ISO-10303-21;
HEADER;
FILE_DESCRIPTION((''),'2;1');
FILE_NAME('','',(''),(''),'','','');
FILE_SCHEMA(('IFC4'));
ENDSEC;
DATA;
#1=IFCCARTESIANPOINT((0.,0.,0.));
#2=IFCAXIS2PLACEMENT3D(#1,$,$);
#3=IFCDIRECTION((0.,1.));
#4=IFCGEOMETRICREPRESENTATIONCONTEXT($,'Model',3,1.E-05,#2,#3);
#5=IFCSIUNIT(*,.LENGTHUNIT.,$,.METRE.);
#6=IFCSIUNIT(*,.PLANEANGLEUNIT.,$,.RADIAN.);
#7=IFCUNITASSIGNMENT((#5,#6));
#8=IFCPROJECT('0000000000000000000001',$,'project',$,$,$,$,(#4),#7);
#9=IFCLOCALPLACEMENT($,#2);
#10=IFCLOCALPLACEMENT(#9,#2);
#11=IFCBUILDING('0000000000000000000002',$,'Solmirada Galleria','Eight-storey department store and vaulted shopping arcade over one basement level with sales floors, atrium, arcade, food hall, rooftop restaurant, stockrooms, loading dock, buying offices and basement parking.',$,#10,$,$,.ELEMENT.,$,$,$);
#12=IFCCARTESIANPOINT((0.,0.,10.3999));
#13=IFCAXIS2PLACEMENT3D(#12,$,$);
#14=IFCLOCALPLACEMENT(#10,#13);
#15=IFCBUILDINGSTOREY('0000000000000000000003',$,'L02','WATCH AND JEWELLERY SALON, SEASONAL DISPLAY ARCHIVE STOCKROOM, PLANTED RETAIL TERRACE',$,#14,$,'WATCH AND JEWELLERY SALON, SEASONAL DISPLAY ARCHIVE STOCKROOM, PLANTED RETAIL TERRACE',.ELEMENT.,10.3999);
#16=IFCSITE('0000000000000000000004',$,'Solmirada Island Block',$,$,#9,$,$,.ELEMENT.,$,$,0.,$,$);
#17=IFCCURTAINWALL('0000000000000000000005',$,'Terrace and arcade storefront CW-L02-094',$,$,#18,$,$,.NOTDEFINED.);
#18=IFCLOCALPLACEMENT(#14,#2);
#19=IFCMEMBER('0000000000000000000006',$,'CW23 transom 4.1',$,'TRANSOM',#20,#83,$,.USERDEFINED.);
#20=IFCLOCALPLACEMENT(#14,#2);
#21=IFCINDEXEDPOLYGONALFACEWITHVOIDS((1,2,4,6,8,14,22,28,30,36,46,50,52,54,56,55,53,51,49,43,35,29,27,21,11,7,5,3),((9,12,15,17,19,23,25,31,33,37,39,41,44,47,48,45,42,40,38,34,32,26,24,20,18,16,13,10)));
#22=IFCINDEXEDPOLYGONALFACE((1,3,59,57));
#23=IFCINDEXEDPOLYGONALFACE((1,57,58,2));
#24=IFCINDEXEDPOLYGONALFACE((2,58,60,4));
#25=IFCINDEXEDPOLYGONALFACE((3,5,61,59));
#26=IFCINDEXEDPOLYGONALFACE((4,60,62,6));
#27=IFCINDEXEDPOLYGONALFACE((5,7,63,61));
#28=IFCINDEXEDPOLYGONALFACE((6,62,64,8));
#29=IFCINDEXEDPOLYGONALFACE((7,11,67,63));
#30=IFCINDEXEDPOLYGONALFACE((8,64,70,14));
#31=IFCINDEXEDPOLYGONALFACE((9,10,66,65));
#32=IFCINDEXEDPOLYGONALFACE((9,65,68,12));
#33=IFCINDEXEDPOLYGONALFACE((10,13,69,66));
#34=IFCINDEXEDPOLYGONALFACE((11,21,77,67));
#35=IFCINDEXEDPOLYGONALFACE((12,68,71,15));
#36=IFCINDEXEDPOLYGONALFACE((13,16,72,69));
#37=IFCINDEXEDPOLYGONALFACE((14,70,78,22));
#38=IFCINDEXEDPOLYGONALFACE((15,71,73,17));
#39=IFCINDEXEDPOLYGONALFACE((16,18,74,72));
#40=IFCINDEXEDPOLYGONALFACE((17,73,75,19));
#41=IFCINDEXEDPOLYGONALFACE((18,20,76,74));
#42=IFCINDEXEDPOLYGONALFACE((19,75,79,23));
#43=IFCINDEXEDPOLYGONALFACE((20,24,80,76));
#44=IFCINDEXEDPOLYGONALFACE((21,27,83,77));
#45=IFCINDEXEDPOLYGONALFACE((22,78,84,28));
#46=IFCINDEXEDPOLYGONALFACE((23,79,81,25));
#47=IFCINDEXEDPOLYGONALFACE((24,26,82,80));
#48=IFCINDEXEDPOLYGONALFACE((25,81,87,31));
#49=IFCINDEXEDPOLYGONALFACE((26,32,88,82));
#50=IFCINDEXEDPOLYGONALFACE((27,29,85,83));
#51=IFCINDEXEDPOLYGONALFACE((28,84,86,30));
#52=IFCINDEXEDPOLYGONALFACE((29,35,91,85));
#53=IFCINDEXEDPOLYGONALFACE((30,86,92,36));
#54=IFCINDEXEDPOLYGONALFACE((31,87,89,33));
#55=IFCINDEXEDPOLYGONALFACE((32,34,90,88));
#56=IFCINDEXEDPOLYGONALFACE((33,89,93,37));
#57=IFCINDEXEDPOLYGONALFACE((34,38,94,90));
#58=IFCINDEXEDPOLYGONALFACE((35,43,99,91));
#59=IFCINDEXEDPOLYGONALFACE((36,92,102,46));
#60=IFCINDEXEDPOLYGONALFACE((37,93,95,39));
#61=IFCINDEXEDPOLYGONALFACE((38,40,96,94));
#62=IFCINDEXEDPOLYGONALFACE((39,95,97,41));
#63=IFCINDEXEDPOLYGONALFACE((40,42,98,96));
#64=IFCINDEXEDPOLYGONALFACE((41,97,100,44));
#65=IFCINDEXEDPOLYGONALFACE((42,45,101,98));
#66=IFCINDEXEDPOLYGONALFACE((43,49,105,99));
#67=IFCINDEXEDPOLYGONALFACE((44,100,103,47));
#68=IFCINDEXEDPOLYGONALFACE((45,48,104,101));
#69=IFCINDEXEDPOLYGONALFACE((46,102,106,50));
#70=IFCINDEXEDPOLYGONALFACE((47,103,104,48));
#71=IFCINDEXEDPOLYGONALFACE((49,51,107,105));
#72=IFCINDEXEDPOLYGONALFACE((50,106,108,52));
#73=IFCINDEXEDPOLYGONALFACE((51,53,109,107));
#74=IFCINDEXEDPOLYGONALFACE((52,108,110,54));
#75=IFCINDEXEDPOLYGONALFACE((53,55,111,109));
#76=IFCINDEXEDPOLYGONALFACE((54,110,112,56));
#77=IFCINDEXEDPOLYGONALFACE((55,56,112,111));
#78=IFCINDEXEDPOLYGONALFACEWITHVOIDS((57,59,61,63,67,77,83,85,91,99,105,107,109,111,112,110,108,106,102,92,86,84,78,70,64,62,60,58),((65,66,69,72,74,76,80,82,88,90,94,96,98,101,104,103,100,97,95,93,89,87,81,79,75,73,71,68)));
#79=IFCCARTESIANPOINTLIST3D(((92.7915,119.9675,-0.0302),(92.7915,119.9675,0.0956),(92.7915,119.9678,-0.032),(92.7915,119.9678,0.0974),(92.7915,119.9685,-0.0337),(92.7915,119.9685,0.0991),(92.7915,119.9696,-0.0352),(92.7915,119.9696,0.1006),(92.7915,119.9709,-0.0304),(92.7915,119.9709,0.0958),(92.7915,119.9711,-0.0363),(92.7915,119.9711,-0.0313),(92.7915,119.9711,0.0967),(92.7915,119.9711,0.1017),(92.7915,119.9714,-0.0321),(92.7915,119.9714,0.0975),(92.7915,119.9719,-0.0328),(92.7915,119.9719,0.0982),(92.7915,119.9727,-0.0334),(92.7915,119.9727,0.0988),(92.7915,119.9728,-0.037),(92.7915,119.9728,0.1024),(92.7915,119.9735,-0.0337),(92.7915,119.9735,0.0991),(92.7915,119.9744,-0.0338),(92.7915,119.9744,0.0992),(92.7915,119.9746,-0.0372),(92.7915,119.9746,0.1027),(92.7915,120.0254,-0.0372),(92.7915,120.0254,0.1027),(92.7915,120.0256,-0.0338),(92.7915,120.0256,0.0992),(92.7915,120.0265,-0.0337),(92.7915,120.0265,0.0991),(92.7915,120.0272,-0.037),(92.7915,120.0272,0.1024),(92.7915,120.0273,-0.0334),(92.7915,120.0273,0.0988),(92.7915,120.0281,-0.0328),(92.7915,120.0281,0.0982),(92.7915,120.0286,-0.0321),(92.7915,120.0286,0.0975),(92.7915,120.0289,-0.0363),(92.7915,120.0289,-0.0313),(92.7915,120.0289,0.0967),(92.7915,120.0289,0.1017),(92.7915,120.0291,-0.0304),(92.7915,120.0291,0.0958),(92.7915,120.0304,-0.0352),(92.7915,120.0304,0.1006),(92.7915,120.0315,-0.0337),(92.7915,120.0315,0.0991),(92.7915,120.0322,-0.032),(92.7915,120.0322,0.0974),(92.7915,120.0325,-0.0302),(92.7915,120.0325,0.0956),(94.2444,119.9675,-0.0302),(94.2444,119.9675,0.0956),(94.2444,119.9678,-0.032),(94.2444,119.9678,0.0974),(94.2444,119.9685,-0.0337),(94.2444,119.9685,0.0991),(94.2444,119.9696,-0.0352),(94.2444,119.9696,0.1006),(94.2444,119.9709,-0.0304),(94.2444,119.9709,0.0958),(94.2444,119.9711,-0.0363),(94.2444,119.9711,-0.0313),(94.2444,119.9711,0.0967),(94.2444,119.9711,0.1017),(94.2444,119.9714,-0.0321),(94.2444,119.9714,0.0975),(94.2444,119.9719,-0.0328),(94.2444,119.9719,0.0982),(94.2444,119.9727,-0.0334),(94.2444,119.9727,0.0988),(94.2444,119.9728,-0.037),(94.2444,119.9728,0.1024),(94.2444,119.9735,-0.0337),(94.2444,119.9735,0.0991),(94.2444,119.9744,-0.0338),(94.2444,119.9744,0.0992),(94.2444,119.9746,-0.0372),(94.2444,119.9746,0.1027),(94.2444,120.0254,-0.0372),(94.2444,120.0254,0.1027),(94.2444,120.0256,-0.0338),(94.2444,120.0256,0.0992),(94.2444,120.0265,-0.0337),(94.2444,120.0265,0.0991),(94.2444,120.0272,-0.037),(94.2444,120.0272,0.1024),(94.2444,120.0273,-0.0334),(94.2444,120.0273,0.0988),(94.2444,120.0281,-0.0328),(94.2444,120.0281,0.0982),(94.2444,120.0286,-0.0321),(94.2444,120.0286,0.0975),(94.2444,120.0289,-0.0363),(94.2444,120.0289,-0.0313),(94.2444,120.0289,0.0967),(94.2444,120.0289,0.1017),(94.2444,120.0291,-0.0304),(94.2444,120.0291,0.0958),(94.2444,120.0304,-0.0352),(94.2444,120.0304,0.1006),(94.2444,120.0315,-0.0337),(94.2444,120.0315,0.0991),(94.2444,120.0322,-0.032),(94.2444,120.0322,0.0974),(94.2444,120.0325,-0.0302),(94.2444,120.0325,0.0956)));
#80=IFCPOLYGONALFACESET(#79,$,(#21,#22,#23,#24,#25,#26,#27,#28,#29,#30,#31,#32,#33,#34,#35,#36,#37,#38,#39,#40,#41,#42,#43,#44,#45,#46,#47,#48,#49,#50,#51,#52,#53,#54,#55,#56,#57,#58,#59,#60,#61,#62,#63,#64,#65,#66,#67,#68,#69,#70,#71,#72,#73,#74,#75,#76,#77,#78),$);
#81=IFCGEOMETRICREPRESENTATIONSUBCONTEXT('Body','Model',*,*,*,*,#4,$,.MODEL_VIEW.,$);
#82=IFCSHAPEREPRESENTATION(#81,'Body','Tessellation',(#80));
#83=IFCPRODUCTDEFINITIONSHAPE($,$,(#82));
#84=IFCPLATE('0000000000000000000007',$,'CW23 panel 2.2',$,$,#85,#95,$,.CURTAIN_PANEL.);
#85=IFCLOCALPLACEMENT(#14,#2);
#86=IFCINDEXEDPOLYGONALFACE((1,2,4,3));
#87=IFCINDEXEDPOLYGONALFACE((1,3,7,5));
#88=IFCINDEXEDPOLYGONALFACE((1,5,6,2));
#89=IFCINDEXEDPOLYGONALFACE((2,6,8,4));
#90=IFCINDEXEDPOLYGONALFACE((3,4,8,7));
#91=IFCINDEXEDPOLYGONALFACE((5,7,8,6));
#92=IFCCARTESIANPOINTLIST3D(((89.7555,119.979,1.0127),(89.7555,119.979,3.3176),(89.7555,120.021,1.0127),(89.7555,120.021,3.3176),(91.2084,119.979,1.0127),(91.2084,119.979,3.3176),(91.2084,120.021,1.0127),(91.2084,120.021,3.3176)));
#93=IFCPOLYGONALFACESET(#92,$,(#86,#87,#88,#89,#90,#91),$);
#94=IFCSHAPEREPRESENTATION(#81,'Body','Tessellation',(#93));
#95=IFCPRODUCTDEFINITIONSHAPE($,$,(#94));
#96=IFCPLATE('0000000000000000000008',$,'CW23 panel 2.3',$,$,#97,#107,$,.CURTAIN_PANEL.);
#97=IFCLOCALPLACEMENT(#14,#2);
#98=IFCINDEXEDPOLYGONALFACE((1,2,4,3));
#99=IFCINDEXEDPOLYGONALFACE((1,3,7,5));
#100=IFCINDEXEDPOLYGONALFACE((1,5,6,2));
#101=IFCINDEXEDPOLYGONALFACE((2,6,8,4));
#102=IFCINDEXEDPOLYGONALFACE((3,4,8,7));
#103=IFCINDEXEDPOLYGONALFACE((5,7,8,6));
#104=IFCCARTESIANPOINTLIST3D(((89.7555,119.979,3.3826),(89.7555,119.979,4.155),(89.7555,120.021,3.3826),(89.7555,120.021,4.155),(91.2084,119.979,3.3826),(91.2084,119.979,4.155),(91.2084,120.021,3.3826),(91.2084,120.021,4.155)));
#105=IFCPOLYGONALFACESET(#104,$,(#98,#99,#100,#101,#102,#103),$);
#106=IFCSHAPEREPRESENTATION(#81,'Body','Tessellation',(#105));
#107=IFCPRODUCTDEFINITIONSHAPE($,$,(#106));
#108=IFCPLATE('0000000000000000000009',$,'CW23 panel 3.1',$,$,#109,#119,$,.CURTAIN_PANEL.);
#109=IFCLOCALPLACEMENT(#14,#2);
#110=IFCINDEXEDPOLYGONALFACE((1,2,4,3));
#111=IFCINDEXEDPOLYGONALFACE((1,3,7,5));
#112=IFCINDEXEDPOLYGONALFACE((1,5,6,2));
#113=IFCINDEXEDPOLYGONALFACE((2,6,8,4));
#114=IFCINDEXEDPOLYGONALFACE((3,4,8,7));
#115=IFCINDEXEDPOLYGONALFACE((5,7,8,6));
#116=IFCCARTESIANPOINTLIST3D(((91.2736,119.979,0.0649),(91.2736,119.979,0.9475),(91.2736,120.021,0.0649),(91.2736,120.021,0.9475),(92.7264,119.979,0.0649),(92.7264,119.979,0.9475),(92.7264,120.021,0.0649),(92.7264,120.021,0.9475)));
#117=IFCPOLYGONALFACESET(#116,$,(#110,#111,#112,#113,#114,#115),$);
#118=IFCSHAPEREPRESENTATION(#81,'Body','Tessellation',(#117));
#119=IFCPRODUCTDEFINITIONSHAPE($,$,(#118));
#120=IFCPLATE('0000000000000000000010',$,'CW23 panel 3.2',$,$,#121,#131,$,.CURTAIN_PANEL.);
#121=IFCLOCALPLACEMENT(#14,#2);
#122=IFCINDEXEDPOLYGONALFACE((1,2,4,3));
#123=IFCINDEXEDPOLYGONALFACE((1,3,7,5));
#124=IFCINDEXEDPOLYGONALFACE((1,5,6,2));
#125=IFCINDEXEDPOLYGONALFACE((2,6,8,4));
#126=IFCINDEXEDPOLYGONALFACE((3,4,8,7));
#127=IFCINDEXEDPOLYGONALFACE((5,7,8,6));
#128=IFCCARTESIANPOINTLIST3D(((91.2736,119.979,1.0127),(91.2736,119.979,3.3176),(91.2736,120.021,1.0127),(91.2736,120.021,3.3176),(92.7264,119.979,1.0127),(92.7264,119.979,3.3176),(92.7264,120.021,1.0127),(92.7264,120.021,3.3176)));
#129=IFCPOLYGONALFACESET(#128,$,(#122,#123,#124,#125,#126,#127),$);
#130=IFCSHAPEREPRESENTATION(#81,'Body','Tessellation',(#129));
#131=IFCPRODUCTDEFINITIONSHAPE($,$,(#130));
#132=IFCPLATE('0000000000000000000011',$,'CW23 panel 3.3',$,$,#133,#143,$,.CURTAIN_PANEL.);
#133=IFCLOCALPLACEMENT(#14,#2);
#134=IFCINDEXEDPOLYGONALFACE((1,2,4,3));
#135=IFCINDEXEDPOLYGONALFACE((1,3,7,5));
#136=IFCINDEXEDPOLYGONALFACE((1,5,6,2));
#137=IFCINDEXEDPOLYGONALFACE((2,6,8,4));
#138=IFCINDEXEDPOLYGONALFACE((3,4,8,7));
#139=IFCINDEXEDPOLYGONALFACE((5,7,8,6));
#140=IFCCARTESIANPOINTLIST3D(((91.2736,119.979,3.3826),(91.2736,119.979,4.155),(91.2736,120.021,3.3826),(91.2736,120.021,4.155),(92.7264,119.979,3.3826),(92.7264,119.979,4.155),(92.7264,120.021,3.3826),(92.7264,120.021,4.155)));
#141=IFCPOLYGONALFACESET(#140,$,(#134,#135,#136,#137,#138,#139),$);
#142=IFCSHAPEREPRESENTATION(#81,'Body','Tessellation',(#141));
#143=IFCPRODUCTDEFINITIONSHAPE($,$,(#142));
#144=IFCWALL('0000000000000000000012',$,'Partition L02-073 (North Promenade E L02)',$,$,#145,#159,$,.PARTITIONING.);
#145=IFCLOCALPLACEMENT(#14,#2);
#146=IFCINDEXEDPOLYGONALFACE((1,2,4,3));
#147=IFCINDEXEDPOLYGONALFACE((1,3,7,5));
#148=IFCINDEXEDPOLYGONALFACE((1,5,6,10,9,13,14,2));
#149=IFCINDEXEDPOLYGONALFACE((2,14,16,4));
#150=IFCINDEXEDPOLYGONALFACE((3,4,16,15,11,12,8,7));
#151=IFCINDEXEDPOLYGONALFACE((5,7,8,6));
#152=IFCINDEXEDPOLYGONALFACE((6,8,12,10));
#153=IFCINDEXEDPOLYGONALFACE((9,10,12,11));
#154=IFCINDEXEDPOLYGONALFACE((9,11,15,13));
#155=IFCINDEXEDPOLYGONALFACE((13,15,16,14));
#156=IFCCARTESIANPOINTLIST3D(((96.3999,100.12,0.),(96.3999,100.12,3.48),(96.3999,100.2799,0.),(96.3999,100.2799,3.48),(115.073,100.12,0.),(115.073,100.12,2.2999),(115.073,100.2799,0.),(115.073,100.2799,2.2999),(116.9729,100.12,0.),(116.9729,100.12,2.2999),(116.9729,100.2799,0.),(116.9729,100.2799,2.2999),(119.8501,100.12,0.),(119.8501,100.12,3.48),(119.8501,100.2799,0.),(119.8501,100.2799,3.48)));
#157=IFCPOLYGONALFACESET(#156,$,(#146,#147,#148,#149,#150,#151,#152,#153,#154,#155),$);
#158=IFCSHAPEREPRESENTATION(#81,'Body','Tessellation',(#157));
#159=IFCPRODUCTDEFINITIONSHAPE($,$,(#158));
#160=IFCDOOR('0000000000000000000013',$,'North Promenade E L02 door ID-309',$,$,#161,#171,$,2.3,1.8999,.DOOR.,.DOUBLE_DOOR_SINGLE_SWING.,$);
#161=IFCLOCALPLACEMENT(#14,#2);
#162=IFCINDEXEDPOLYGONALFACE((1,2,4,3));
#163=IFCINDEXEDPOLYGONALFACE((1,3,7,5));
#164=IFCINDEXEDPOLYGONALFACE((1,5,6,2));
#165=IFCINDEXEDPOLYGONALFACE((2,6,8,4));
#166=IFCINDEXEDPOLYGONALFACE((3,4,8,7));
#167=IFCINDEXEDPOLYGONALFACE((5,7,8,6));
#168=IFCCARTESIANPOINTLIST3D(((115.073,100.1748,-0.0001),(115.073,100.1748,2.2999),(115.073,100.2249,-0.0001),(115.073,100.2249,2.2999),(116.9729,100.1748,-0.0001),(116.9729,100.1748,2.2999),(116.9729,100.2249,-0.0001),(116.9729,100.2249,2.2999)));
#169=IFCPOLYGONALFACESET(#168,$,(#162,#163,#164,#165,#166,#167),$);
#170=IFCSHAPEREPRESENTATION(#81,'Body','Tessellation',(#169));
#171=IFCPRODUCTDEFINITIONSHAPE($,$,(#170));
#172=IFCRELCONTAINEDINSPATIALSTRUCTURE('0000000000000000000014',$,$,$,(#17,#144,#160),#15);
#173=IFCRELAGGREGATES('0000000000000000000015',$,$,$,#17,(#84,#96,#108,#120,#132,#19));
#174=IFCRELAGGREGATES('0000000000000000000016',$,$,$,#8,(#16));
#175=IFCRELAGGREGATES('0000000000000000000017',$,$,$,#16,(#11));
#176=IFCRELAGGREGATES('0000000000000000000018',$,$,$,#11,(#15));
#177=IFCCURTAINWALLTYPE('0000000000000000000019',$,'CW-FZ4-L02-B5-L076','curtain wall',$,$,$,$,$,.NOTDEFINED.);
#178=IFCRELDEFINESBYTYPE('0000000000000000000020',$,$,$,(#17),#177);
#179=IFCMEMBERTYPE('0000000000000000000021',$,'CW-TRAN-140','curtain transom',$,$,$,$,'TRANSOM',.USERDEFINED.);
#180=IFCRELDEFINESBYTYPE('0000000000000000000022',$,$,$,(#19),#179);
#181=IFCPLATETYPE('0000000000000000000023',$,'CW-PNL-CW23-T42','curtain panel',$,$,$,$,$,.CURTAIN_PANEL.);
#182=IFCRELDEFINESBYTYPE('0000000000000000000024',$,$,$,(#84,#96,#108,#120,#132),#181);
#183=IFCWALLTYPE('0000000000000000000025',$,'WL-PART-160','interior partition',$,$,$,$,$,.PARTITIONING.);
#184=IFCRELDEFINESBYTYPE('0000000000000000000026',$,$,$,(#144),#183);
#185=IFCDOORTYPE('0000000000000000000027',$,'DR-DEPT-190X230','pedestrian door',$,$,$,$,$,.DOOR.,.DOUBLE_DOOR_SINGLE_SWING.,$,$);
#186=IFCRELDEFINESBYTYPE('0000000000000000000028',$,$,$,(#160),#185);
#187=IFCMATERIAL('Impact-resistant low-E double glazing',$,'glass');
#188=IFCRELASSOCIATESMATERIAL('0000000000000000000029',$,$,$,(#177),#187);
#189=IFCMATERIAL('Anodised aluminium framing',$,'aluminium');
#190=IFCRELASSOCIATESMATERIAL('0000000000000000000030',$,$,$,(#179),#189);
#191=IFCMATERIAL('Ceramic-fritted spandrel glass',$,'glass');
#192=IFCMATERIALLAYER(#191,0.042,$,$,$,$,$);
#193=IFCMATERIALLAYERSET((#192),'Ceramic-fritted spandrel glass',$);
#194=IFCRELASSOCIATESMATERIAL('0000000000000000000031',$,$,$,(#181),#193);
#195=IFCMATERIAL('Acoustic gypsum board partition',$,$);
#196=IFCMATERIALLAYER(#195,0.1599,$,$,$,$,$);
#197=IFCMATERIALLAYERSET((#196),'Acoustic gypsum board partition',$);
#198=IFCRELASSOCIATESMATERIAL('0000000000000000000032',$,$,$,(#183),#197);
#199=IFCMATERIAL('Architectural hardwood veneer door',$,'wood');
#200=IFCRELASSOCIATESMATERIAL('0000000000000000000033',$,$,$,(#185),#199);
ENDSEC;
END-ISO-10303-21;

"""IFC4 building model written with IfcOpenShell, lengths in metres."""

from ifc_helpers import new_model, si_unit, direction, frame, frame_2d, origin, origin_2d, place, context, subcontext, project, spatial, rectangle, hollow_rectangle, extrude, material, layer, layer_set, material_profile, profile_set, type_object, element, fill, aggregate, save


model = new_model("IFC4")

# Units and contexts
model_context = context("Model", 3, precision=1e-05, world=origin(), true_north=direction((0.0, 1.0)))
body_context = subcontext(model_context, "Body", "Model", "MODEL_VIEW")
ifc_project = project(units=[si_unit("LENGTHUNIT", "METRE"), si_unit("PLANEANGLEUNIT", "RADIAN")], contexts=[model_context])

# Site, building, storey
site_placement = place(None, origin())
site = spatial("IfcSite", under=ifc_project, at=site_placement, Name="Solmirada Island Block", CompositionType="ELEMENT", RefElevation=0.0)
building_placement = place(site_placement, origin())
building = spatial("IfcBuilding", under=site, at=building_placement, Name="Solmirada Galleria", Description="Eight-storey department store and vaulted shopping arcade over one basement level with sales floors, atrium, arcade, food hall, rooftop restaurant, stockrooms, loading dock, buying offices and basement parking.", CompositionType="ELEMENT")
storey_placement = place(building_placement, frame((0.0, 0.0, 10.3999)))
storey = spatial("IfcBuildingStorey", under=building, at=storey_placement, Name="L02", Description="WATCH AND JEWELLERY SALON, SEASONAL DISPLAY ARCHIVE STOCKROOM, PLANTED RETAIL TERRACE", LongName="WATCH AND JEWELLERY SALON, SEASONAL DISPLAY ARCHIVE STOCKROOM, PLANTED RETAIL TERRACE", CompositionType="ELEMENT", Elevation=10.3999)

# Curtain wall, member, plates
ifc_material_1 = material(Name="Impact-resistant low-E double glazing", Category="glass")
curtain_wall_type = type_object("IfcCurtainWallType", Name="CW-FZ4-L02-B5-L076", Description="curtain wall", PredefinedType="NOTDEFINED", material=ifc_material_1)
curtain_wall_placement = place(storey_placement, origin())
curtain_wall = element("IfcCurtainWall", 1, at=curtain_wall_placement, inside=storey, type_object=curtain_wall_type, Name="Terrace and arcade storefront CW-L02-094", PredefinedType="NOTDEFINED")
ifc_material_2 = material(Name="Anodised aluminium framing", Category="aluminium")
ifc_material_profile_1 = material_profile(ifc_material_2, hollow_rectangle(XDim=0.0649, YDim=0.1399, WallThickness=0.0034, InnerFilletRadius=0.0034, OuterFilletRadius=0.0071, at=origin_2d()), Name="ALU-TRAN-140X65")
ifc_profile_set_1 = profile_set([ifc_material_profile_1], Name="Anodised aluminium framing")
member_type_1 = type_object("IfcMemberType", Name="CW-TRAN-140", Description="curtain transom", ElementType="TRANSOM", PredefinedType="USERDEFINED", material=ifc_profile_set_1)
member_1_placement = place(storey_placement, frame((92.7915, 120.0, 0.0327), z_axis=(1.0, 0.0, 0.0), x_axis=(0.0, 1.0, 0.0)))
member_1 = element("IfcMember", 2, at=member_1_placement, type_object=member_type_1, Name="CW23 transom 4.1", ObjectType="TRANSOM", PredefinedType="USERDEFINED", context=body_context, shape_type="SweptSolid", body=[
    extrude(hollow_rectangle(XDim=0.0649, YDim=0.1399, WallThickness=0.0034, InnerFilletRadius=0.0034, OuterFilletRadius=0.0071, at=origin_2d()), origin(), (0.0, 0.0, 1.0), 1.4529),
])
ifc_material_3 = material(Name="Ceramic-fritted spandrel glass", Category="glass")
ifc_layer_1 = layer(ifc_material_3, 0.042)
ifc_layer_set_1 = layer_set([ifc_layer_1], Name="Ceramic-fritted spandrel glass")
plate_type = type_object("IfcPlateType", Name="CW-PNL-CW23-T42", Description="curtain panel", PredefinedType="CURTAIN_PANEL", material=ifc_layer_set_1)
plate_1_placement = place(storey_placement, frame((90.4819, 120.0, 1.0127), z_axis=(0.0, 0.0, 1.0), x_axis=(1.0, 0.0, 0.0)))
plate_1 = element("IfcPlate", 3, at=plate_1_placement, type_object=plate_type, Name="CW23 panel 2.2", PredefinedType="CURTAIN_PANEL", context=body_context, shape_type="SweptSolid", body=[
    extrude(rectangle(XDim=1.4529, YDim=0.042, at=origin_2d()), origin(), (0.0, 0.0, 1.0), 2.3049),
])
plate_2_placement = place(storey_placement, frame((90.4819, 120.0, 3.3826), z_axis=(0.0, 0.0, 1.0), x_axis=(1.0, 0.0, 0.0)))
plate_2 = element("IfcPlate", 4, at=plate_2_placement, type_object=plate_type, Name="CW23 panel 2.3", PredefinedType="CURTAIN_PANEL", context=body_context, shape_type="SweptSolid", body=[
    extrude(rectangle(XDim=1.4529, YDim=0.042, at=origin_2d()), origin(), (0.0, 0.0, 1.0), 0.7725),
])
plate_3_placement = place(storey_placement, frame((92.0, 120.0, 0.0649), z_axis=(0.0, 0.0, 1.0), x_axis=(1.0, 0.0, 0.0)))
plate_3 = element("IfcPlate", 5, at=plate_3_placement, type_object=plate_type, Name="CW23 panel 3.1", PredefinedType="CURTAIN_PANEL", context=body_context, shape_type="SweptSolid", body=[
    extrude(rectangle(XDim=1.4529, YDim=0.042, at=origin_2d()), origin(), (0.0, 0.0, 1.0), 0.8826),
])
plate_4_placement = place(storey_placement, frame((92.0, 120.0, 1.0127), z_axis=(0.0, 0.0, 1.0), x_axis=(1.0, 0.0, 0.0)))
plate_4 = element("IfcPlate", 6, at=plate_4_placement, type_object=plate_type, Name="CW23 panel 3.2", PredefinedType="CURTAIN_PANEL", context=body_context, shape_type="SweptSolid", body=[
    extrude(rectangle(XDim=1.4529, YDim=0.042, at=origin_2d()), origin(), (0.0, 0.0, 1.0), 2.3049),
])
plate_5_placement = place(storey_placement, frame((92.0, 120.0, 3.3826), z_axis=(0.0, 0.0, 1.0), x_axis=(1.0, 0.0, 0.0)))
plate_5 = element("IfcPlate", 7, at=plate_5_placement, type_object=plate_type, Name="CW23 panel 3.3", PredefinedType="CURTAIN_PANEL", context=body_context, shape_type="SweptSolid", body=[
    extrude(rectangle(XDim=1.4529, YDim=0.042, at=origin_2d()), origin(), (0.0, 0.0, 1.0), 0.7725),
])
aggregate(curtain_wall, [plate_1, plate_2, plate_3, plate_4, plate_5, member_1])

# Wall, opening, door
ifc_material_4 = material(Name="Acoustic gypsum board partition")
ifc_layer_2 = layer(ifc_material_4, 0.1599)
ifc_layer_set_2 = layer_set([ifc_layer_2], Name="Acoustic gypsum board partition")
wall_type = type_object("IfcWallType", Name="WL-PART-160", Description="interior partition", PredefinedType="PARTITIONING", material=ifc_layer_set_2)
wall_placement = place(storey_placement, frame((96.3999, 100.2, 0.0), z_axis=(0.0, 0.0, 1.0), x_axis=(1.0, 0.0, 0.0)))
wall = element("IfcWall", 8, at=wall_placement, inside=storey, type_object=wall_type, Name="Partition L02-073 (North Promenade E L02)", PredefinedType="PARTITIONING", context=body_context, shape_type="SweptSolid", body=[
    extrude(rectangle(XDim=23.4502, YDim=0.1599, at=frame_2d((11.7251, 0.0))), origin(), (0.0, 0.0, 1.0), 3.48),
])
opening_placement = place(wall_placement, frame((18.6731, 0.0, 0.0)))
opening = element("IfcOpeningElement", 9, at=opening_placement, cuts=wall, PredefinedType="OPENING", context=body_context, shape_type="SweptSolid", body=[
    extrude(rectangle(XDim=1.8999, YDim=2.3, at=frame_2d((0.95, 1.1499))), frame((0.0, 0.0898, 0.0), z_axis=(0.0, -1.0, 0.0), x_axis=(1.0, 0.0, 0.0)), (0.0, 0.0, 1.0), 0.1799),
])
ifc_material_5 = material(Name="Architectural hardwood veneer door", Category="wood")
door_type = type_object("IfcDoorType", Name="DR-DEPT-190X230", Description="pedestrian door", OperationType="DOUBLE_DOOR_SINGLE_SWING", PredefinedType="DOOR", material=ifc_material_5)
door_placement = place(opening_placement, origin())
door = element("IfcDoor", 10, at=door_placement, inside=storey, type_object=door_type, Name="North Promenade E L02 door ID-309", OperationType="DOUBLE_DOOR_SINGLE_SWING", OverallHeight=2.3, OverallWidth=1.8999, PredefinedType="DOOR", context=body_context, shape_type="SweptSolid", body=[
    extrude(rectangle(XDim=1.8999, YDim=2.3, at=frame_2d((0.95, 1.1499))), frame((0.0, 0.0249, 0.0), z_axis=(0.0, -1.0, 0.0), x_axis=(1.0, 0.0, 0.0)), (0.0, 0.0, 1.0), 0.05),
])
fill(opening, door)

save(model, "model.ifc")
